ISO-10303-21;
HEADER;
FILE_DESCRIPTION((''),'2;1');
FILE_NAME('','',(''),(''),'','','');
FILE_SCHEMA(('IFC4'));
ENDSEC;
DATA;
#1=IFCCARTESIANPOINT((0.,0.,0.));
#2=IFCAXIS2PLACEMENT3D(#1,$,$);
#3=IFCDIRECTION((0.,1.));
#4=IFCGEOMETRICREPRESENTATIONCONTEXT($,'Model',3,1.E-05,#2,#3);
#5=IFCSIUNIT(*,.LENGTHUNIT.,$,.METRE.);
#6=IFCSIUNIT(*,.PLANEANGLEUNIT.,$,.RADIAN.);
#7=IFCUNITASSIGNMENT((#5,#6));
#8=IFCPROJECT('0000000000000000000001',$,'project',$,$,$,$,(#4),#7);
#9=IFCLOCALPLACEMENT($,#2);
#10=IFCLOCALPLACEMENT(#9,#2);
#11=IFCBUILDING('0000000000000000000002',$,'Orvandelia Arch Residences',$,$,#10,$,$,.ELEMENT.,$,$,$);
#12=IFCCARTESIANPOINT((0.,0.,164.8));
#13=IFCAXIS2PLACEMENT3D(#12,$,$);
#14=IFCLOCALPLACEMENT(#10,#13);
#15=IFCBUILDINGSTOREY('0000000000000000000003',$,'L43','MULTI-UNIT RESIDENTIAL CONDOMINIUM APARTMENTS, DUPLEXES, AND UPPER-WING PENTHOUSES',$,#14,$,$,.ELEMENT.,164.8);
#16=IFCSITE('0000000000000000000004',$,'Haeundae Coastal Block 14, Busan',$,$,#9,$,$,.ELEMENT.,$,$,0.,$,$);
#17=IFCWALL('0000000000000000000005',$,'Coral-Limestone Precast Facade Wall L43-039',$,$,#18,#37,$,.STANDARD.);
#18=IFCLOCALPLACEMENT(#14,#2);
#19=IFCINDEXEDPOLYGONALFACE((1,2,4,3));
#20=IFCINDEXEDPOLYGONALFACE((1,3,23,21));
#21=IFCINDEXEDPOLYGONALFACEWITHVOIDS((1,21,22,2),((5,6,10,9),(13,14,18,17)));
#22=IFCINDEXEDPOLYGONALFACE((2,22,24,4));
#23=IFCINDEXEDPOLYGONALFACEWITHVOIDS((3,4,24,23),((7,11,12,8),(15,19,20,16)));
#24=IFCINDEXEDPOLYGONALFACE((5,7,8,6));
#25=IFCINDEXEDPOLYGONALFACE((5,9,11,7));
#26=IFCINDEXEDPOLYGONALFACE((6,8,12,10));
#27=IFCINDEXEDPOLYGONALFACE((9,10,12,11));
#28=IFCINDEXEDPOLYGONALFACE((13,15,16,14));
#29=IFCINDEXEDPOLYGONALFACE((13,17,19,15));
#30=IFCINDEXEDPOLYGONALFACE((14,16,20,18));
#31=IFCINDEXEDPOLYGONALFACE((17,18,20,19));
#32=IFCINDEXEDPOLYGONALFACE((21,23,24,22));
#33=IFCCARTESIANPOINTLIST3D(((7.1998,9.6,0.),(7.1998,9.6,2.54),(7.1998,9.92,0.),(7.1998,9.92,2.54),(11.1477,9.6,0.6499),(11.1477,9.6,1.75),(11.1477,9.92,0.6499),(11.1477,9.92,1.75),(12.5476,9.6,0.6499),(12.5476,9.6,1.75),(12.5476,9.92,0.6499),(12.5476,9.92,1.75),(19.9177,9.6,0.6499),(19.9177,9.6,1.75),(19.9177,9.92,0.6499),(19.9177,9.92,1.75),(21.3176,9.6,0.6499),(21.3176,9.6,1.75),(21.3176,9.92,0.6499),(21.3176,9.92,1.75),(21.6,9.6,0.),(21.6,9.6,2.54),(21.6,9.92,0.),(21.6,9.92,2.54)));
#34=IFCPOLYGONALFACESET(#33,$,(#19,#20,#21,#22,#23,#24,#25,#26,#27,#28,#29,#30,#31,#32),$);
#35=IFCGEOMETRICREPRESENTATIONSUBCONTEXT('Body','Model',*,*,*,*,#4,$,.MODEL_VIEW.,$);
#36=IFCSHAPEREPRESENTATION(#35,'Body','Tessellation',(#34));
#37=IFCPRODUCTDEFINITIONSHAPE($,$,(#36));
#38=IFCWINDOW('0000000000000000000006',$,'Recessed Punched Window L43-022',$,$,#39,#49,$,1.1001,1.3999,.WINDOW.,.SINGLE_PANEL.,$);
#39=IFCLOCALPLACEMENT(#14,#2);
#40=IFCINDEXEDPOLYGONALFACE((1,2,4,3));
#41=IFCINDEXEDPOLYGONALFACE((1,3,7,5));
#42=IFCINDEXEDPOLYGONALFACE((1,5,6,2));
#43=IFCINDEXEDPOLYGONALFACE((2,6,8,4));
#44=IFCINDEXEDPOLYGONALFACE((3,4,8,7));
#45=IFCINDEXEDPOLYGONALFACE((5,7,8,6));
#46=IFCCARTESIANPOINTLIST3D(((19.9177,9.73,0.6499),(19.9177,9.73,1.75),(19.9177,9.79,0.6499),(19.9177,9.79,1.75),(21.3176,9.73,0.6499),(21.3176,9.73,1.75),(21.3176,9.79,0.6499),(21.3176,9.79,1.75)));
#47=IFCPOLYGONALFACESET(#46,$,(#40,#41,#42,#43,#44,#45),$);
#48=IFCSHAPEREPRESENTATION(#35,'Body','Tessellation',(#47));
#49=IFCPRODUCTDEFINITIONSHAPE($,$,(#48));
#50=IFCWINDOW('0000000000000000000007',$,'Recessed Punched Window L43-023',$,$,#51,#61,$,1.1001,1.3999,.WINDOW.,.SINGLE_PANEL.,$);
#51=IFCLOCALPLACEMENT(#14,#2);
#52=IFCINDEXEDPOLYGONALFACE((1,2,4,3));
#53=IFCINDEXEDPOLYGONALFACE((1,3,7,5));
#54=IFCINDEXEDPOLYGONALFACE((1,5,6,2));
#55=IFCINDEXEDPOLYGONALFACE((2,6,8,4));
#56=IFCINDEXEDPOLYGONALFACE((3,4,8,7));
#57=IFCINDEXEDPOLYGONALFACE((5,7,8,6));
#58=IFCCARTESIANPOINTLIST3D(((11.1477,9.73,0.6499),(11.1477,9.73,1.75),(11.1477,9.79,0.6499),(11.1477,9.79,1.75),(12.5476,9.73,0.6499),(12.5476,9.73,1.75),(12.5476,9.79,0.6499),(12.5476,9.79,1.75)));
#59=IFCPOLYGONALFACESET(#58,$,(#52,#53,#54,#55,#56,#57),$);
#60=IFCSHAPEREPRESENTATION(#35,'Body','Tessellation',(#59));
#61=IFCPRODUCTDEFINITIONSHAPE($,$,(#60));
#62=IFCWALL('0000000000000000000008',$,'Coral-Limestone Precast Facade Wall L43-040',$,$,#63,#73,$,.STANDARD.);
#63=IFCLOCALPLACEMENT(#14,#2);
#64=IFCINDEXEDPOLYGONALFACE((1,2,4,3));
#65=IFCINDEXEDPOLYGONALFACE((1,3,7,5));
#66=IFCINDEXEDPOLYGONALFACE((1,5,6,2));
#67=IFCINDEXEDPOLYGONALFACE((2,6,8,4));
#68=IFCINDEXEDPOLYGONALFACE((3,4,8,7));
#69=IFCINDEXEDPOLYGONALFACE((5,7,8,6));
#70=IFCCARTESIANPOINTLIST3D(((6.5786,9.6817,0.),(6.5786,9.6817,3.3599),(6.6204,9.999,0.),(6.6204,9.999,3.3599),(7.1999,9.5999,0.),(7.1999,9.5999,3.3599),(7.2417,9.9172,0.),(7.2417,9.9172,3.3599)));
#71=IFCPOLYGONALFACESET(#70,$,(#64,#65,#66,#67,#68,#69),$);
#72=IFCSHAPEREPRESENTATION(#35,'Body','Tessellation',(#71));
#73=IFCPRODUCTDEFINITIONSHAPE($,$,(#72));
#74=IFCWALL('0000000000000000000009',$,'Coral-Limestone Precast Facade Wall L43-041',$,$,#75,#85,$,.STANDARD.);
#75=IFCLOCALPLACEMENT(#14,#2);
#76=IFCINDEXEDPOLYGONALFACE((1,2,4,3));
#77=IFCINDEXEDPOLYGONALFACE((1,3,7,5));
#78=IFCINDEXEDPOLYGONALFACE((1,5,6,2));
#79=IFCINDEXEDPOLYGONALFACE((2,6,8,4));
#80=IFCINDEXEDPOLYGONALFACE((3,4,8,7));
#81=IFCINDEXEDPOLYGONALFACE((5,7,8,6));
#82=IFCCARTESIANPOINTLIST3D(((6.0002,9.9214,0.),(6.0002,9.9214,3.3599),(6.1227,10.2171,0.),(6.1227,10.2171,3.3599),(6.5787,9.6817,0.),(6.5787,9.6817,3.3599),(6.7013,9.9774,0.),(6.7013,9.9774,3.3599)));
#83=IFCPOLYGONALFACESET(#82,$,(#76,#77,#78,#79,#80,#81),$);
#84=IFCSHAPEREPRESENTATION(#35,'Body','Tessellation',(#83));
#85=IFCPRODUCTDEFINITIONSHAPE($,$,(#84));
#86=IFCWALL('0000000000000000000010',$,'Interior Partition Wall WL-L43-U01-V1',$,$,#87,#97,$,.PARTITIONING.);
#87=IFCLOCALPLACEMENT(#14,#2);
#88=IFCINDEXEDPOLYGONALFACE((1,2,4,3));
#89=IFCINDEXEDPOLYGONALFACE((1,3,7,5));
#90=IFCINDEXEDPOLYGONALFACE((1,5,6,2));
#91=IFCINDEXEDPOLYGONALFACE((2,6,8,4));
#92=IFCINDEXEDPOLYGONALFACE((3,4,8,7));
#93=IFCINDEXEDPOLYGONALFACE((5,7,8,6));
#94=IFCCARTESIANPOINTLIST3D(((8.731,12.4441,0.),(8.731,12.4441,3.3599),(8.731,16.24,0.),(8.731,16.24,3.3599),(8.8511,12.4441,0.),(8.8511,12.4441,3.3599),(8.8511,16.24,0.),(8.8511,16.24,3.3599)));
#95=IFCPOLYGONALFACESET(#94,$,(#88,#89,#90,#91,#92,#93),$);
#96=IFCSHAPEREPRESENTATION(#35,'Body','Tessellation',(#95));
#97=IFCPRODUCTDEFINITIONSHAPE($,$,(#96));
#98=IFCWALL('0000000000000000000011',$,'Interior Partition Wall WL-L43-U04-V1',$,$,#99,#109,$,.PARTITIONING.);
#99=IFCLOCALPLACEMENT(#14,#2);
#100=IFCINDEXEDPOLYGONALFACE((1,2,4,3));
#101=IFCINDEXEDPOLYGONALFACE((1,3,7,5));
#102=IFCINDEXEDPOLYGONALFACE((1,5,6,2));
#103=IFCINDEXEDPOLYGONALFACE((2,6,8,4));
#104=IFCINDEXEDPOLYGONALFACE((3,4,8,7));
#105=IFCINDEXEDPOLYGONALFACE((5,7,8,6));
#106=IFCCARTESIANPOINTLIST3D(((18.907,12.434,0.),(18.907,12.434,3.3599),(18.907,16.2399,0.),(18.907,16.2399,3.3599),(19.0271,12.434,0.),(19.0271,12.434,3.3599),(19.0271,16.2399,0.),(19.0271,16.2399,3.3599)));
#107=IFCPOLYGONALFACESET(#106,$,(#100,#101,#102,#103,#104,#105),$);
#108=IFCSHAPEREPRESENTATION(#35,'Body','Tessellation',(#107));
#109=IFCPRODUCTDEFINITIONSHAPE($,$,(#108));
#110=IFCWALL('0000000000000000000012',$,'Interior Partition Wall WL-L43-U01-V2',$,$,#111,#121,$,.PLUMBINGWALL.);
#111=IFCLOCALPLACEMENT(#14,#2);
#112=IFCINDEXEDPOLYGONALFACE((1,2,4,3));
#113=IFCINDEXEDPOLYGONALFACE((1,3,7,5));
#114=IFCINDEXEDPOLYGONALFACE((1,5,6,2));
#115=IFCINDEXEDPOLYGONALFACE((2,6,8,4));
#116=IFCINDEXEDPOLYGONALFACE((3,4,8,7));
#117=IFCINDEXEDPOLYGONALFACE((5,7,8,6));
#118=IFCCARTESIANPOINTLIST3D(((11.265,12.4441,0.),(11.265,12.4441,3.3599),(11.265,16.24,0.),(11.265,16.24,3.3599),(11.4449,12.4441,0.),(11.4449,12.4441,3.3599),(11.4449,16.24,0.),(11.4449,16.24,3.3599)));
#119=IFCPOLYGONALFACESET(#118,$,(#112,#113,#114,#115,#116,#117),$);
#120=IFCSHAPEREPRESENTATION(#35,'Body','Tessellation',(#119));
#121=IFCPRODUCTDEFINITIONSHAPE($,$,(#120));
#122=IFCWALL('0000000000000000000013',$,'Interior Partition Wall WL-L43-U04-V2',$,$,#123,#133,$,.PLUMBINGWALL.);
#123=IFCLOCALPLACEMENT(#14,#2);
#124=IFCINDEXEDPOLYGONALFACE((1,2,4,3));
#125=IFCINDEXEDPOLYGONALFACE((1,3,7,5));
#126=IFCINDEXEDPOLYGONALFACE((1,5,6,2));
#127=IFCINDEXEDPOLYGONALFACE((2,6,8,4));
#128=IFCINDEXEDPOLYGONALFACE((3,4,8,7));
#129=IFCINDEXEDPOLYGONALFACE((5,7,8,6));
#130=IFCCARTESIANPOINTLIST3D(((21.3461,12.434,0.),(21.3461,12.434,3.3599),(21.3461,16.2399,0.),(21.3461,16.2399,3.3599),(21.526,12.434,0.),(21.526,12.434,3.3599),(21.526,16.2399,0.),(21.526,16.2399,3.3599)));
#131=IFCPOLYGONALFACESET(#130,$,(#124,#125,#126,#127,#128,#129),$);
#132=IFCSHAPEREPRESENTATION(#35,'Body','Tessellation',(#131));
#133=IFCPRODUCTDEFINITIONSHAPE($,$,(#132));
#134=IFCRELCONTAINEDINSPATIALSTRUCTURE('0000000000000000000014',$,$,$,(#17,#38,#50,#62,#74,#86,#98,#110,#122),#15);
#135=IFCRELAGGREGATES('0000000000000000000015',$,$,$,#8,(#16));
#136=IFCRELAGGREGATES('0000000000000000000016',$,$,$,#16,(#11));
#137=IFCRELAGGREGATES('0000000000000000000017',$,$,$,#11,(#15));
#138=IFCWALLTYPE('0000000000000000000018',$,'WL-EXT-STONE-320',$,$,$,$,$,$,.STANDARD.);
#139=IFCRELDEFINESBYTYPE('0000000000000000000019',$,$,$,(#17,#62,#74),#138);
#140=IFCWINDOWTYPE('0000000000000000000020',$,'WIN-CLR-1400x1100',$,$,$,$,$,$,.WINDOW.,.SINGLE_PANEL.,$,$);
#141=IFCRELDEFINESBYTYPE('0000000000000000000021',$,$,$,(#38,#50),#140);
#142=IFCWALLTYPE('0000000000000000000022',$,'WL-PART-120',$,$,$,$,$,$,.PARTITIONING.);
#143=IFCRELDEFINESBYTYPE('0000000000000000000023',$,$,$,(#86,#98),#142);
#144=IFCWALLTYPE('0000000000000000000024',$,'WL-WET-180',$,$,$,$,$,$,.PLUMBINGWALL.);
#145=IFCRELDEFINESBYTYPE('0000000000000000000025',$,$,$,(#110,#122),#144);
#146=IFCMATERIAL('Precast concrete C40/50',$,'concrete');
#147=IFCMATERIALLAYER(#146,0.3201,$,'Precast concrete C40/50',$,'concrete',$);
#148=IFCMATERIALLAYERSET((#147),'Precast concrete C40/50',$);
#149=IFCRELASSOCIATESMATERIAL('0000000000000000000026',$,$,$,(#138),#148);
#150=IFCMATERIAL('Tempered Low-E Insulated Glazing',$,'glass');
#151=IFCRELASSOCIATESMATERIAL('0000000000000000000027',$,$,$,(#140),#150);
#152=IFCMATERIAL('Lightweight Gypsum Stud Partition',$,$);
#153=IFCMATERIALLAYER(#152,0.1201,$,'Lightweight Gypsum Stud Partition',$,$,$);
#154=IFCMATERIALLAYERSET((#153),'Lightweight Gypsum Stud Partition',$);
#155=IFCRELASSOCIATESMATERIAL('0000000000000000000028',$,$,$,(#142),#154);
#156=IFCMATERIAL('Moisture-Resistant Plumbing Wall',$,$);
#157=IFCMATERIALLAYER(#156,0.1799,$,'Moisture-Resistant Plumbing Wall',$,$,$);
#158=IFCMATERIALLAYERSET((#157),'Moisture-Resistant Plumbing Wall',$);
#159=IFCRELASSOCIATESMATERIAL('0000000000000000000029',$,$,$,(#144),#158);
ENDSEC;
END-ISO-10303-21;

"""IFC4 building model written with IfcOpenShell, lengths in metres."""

from ifc_helpers import new_model, si_unit, direction, frame, frame_2d, origin, place, context, subcontext, project, spatial, rectangle, extrude, material, layer, layer_set, type_object, element, fill, save


model = new_model("IFC4")

# Units and contexts
model_context = context("Model", 3, precision=1e-05, world=origin(), true_north=direction((0.0, 1.0)))
body_context = subcontext(model_context, "Body", "Model", "MODEL_VIEW")
ifc_project = project(units=[si_unit("LENGTHUNIT", "METRE"), si_unit("PLANEANGLEUNIT", "RADIAN")], contexts=[model_context])

# Site, building, storey
site_placement = place(None, origin())
site = spatial("IfcSite", under=ifc_project, at=site_placement, Name="Haeundae Coastal Block 14, Busan", CompositionType="ELEMENT", RefElevation=0.0)
building_placement = place(site_placement, origin())
building = spatial("IfcBuilding", under=site, at=building_placement, Name="Orvandelia Arch Residences", CompositionType="ELEMENT")
storey_placement = place(building_placement, frame((0.0, 0.0, 164.8)))
storey = spatial("IfcBuildingStorey", under=building, at=storey_placement, Name="L43", Description="MULTI-UNIT RESIDENTIAL CONDOMINIUM APARTMENTS, DUPLEXES, AND UPPER-WING PENTHOUSES", CompositionType="ELEMENT", Elevation=164.8)

# Shared definitions
ifc_material_1 = material(Name="Precast concrete C40/50", Category="concrete")
ifc_layer_1 = layer(ifc_material_1, 0.3201, Name="Precast concrete C40/50", Category="concrete")
ifc_layer_set_1 = layer_set([ifc_layer_1], Name="Precast concrete C40/50")
wall_type_1 = type_object("IfcWallType", Name="WL-EXT-STONE-320", PredefinedType="STANDARD", material=ifc_layer_set_1)

# Wall, openings, windows
wall_1_placement = place(storey_placement, frame((21.6001, 9.76, 0.0), z_axis=(0.0, 0.0, 1.0), x_axis=(-1.0, 0.0, 0.0)))
wall_1 = element("IfcWall", 1, at=wall_1_placement, inside=storey, type_object=wall_type_1, Name="Coral-Limestone Precast Facade Wall L43-039", PredefinedType="STANDARD", context=body_context, shape_type="SweptSolid", body=[
    extrude(rectangle(XDim=14.4001, YDim=0.3201, at=frame_2d((7.2002, 0.0))), origin(), (0.0, 0.0, 1.0), 2.54),
])
opening_1_placement = place(wall_1_placement, frame((0.2825, 0.0, 0.6499)))
opening_1 = element("IfcOpeningElement", 2, at=opening_1_placement, cuts=wall_1, PredefinedType="OPENING", context=body_context, shape_type="SweptSolid", body=[
    extrude(rectangle(XDim=1.3999, YDim=1.1001, at=frame_2d((0.7, 0.55))), frame((0.0, 0.1699, 0.0), z_axis=(0.0, -1.0, 0.0), x_axis=(1.0, 0.0, 0.0)), (0.0, 0.0, 1.0), 0.3401),
])
opening_2_placement = place(wall_1_placement, frame((9.0525, 0.0, 0.6499)))
opening_2 = element("IfcOpeningElement", 3, at=opening_2_placement, cuts=wall_1, PredefinedType="OPENING", context=body_context, shape_type="SweptSolid", body=[
    extrude(rectangle(XDim=1.3999, YDim=1.1001, at=frame_2d((0.7, 0.55))), frame((0.0, 0.1699, 0.0), z_axis=(0.0, -1.0, 0.0), x_axis=(1.0, 0.0, 0.0)), (0.0, 0.0, 1.0), 0.3401),
])
ifc_material_2 = material(Name="Tempered Low-E Insulated Glazing", Category="glass")
window_type = type_object("IfcWindowType", Name="WIN-CLR-1400x1100", PartitioningType="SINGLE_PANEL", PredefinedType="WINDOW", material=ifc_material_2)
window_1_placement = place(opening_1_placement, origin())
window_1 = element("IfcWindow", 4, at=window_1_placement, inside=storey, type_object=window_type, Name="Recessed Punched Window L43-022", OverallHeight=1.1001, OverallWidth=1.3999, PartitioningType="SINGLE_PANEL", PredefinedType="WINDOW", context=body_context, shape_type="SweptSolid", body=[
    extrude(rectangle(XDim=1.3999, YDim=1.1001, at=frame_2d((0.7, 0.55))), frame((0.0, 0.03, 0.0), z_axis=(0.0, -1.0, 0.0), x_axis=(1.0, 0.0, 0.0)), (0.0, 0.0, 1.0), 0.0601),
])
fill(opening_1, window_1)
window_2_placement = place(opening_2_placement, origin())
window_2 = element("IfcWindow", 5, at=window_2_placement, inside=storey, type_object=window_type, Name="Recessed Punched Window L43-023", OverallHeight=1.1001, OverallWidth=1.3999, PartitioningType="SINGLE_PANEL", PredefinedType="WINDOW", context=body_context, shape_type="SweptSolid", body=[
    extrude(rectangle(XDim=1.3999, YDim=1.1001, at=frame_2d((0.7, 0.55))), frame((0.0, 0.03, 0.0), z_axis=(0.0, -1.0, 0.0), x_axis=(1.0, 0.0, 0.0)), (0.0, 0.0, 1.0), 0.0601),
])
fill(opening_2, window_2)

# Walls
wall_2_placement = place(storey_placement, frame((7.2209, 9.7585, 0.0), z_axis=(0.0, 0.0, 1.0), x_axis=(-0.991448, 0.130505, 0.0)))
element("IfcWall", 6, at=wall_2_placement, inside=storey, type_object=wall_type_1, Name="Coral-Limestone Precast Facade Wall L43-040", PredefinedType="STANDARD", context=body_context, shape_type="SweptSolid", body=[
    extrude(rectangle(XDim=0.6267, YDim=0.3201, at=frame_2d((0.3135, 0.0))), origin(), (0.0, 0.0, 1.0), 3.3599),
])
wall_3_placement = place(storey_placement, frame((6.6399, 9.8296, 0.0), z_axis=(0.0, 0.0, 1.0), x_axis=(-0.923836, 0.382788, 0.0)))
element("IfcWall", 7, at=wall_3_placement, inside=storey, type_object=wall_type_1, Name="Coral-Limestone Precast Facade Wall L43-041", PredefinedType="STANDARD", context=body_context, shape_type="SweptSolid", body=[
    extrude(rectangle(XDim=0.6262, YDim=0.3201, at=frame_2d((0.313, 0.0))), origin(), (0.0, 0.0, 1.0), 3.3599),
])
ifc_material_3 = material(Name="Lightweight Gypsum Stud Partition")
ifc_layer_2 = layer(ifc_material_3, 0.1201, Name="Lightweight Gypsum Stud Partition")
ifc_layer_set_2 = layer_set([ifc_layer_2], Name="Lightweight Gypsum Stud Partition")
wall_type_2 = type_object("IfcWallType", Name="WL-PART-120", PredefinedType="PARTITIONING", material=ifc_layer_set_2)
wall_4_placement = place(storey_placement, frame((8.791, 12.4441, 0.0), z_axis=(0.0, 0.0, 1.0), x_axis=(0.0, 1.0, 0.0)))
element("IfcWall", 8, at=wall_4_placement, inside=storey, type_object=wall_type_2, Name="Interior Partition Wall WL-L43-U01-V1", PredefinedType="PARTITIONING", context=body_context, shape_type="SweptSolid", body=[
    extrude(rectangle(XDim=3.7959, YDim=0.1201, at=frame_2d((1.8979, 0.0))), origin(), (0.0, 0.0, 1.0), 3.3599),
])
wall_5_placement = place(storey_placement, frame((18.967, 12.4341, 0.0), z_axis=(0.0, 0.0, 1.0), x_axis=(0.0, 1.0, 0.0)))
element("IfcWall", 9, at=wall_5_placement, inside=storey, type_object=wall_type_2, Name="Interior Partition Wall WL-L43-U04-V1", PredefinedType="PARTITIONING", context=body_context, shape_type="SweptSolid", body=[
    extrude(rectangle(XDim=3.8059, YDim=0.1201, at=frame_2d((1.9028, 0.0))), origin(), (0.0, 0.0, 1.0), 3.3599),
])
ifc_material_4 = material(Name="Moisture-Resistant Plumbing Wall")
ifc_layer_3 = layer(ifc_material_4, 0.1799, Name="Moisture-Resistant Plumbing Wall")
ifc_layer_set_3 = layer_set([ifc_layer_3], Name="Moisture-Resistant Plumbing Wall")
wall_type_3 = type_object("IfcWallType", Name="WL-WET-180", PredefinedType="PLUMBINGWALL", material=ifc_layer_set_3)
wall_6_placement = place(storey_placement, frame((11.355, 12.4441, 0.0), z_axis=(0.0, 0.0, 1.0), x_axis=(0.0, 1.0, 0.0)))
element("IfcWall", 10, at=wall_6_placement, inside=storey, type_object=wall_type_3, Name="Interior Partition Wall WL-L43-U01-V2", PredefinedType="PLUMBINGWALL", context=body_context, shape_type="SweptSolid", body=[
    extrude(rectangle(XDim=3.7959, YDim=0.1799, at=frame_2d((1.8979, 0.0))), origin(), (0.0, 0.0, 1.0), 3.3599),
])

# Wall
wall_7_placement = place(storey_placement, frame((21.436, 12.4341, 0.0), z_axis=(0.0, 0.0, 1.0), x_axis=(0.0, 1.0, 0.0)))
element("IfcWall", 11, at=wall_7_placement, inside=storey, type_object=wall_type_3, Name="Interior Partition Wall WL-L43-U04-V2", PredefinedType="PLUMBINGWALL", context=body_context, shape_type="SweptSolid", body=[
    extrude(rectangle(XDim=3.8059, YDim=0.1799, at=frame_2d((1.9028, 0.0))), origin(), (0.0, 0.0, 1.0), 3.3599),
])

save(model, "model.ifc")
